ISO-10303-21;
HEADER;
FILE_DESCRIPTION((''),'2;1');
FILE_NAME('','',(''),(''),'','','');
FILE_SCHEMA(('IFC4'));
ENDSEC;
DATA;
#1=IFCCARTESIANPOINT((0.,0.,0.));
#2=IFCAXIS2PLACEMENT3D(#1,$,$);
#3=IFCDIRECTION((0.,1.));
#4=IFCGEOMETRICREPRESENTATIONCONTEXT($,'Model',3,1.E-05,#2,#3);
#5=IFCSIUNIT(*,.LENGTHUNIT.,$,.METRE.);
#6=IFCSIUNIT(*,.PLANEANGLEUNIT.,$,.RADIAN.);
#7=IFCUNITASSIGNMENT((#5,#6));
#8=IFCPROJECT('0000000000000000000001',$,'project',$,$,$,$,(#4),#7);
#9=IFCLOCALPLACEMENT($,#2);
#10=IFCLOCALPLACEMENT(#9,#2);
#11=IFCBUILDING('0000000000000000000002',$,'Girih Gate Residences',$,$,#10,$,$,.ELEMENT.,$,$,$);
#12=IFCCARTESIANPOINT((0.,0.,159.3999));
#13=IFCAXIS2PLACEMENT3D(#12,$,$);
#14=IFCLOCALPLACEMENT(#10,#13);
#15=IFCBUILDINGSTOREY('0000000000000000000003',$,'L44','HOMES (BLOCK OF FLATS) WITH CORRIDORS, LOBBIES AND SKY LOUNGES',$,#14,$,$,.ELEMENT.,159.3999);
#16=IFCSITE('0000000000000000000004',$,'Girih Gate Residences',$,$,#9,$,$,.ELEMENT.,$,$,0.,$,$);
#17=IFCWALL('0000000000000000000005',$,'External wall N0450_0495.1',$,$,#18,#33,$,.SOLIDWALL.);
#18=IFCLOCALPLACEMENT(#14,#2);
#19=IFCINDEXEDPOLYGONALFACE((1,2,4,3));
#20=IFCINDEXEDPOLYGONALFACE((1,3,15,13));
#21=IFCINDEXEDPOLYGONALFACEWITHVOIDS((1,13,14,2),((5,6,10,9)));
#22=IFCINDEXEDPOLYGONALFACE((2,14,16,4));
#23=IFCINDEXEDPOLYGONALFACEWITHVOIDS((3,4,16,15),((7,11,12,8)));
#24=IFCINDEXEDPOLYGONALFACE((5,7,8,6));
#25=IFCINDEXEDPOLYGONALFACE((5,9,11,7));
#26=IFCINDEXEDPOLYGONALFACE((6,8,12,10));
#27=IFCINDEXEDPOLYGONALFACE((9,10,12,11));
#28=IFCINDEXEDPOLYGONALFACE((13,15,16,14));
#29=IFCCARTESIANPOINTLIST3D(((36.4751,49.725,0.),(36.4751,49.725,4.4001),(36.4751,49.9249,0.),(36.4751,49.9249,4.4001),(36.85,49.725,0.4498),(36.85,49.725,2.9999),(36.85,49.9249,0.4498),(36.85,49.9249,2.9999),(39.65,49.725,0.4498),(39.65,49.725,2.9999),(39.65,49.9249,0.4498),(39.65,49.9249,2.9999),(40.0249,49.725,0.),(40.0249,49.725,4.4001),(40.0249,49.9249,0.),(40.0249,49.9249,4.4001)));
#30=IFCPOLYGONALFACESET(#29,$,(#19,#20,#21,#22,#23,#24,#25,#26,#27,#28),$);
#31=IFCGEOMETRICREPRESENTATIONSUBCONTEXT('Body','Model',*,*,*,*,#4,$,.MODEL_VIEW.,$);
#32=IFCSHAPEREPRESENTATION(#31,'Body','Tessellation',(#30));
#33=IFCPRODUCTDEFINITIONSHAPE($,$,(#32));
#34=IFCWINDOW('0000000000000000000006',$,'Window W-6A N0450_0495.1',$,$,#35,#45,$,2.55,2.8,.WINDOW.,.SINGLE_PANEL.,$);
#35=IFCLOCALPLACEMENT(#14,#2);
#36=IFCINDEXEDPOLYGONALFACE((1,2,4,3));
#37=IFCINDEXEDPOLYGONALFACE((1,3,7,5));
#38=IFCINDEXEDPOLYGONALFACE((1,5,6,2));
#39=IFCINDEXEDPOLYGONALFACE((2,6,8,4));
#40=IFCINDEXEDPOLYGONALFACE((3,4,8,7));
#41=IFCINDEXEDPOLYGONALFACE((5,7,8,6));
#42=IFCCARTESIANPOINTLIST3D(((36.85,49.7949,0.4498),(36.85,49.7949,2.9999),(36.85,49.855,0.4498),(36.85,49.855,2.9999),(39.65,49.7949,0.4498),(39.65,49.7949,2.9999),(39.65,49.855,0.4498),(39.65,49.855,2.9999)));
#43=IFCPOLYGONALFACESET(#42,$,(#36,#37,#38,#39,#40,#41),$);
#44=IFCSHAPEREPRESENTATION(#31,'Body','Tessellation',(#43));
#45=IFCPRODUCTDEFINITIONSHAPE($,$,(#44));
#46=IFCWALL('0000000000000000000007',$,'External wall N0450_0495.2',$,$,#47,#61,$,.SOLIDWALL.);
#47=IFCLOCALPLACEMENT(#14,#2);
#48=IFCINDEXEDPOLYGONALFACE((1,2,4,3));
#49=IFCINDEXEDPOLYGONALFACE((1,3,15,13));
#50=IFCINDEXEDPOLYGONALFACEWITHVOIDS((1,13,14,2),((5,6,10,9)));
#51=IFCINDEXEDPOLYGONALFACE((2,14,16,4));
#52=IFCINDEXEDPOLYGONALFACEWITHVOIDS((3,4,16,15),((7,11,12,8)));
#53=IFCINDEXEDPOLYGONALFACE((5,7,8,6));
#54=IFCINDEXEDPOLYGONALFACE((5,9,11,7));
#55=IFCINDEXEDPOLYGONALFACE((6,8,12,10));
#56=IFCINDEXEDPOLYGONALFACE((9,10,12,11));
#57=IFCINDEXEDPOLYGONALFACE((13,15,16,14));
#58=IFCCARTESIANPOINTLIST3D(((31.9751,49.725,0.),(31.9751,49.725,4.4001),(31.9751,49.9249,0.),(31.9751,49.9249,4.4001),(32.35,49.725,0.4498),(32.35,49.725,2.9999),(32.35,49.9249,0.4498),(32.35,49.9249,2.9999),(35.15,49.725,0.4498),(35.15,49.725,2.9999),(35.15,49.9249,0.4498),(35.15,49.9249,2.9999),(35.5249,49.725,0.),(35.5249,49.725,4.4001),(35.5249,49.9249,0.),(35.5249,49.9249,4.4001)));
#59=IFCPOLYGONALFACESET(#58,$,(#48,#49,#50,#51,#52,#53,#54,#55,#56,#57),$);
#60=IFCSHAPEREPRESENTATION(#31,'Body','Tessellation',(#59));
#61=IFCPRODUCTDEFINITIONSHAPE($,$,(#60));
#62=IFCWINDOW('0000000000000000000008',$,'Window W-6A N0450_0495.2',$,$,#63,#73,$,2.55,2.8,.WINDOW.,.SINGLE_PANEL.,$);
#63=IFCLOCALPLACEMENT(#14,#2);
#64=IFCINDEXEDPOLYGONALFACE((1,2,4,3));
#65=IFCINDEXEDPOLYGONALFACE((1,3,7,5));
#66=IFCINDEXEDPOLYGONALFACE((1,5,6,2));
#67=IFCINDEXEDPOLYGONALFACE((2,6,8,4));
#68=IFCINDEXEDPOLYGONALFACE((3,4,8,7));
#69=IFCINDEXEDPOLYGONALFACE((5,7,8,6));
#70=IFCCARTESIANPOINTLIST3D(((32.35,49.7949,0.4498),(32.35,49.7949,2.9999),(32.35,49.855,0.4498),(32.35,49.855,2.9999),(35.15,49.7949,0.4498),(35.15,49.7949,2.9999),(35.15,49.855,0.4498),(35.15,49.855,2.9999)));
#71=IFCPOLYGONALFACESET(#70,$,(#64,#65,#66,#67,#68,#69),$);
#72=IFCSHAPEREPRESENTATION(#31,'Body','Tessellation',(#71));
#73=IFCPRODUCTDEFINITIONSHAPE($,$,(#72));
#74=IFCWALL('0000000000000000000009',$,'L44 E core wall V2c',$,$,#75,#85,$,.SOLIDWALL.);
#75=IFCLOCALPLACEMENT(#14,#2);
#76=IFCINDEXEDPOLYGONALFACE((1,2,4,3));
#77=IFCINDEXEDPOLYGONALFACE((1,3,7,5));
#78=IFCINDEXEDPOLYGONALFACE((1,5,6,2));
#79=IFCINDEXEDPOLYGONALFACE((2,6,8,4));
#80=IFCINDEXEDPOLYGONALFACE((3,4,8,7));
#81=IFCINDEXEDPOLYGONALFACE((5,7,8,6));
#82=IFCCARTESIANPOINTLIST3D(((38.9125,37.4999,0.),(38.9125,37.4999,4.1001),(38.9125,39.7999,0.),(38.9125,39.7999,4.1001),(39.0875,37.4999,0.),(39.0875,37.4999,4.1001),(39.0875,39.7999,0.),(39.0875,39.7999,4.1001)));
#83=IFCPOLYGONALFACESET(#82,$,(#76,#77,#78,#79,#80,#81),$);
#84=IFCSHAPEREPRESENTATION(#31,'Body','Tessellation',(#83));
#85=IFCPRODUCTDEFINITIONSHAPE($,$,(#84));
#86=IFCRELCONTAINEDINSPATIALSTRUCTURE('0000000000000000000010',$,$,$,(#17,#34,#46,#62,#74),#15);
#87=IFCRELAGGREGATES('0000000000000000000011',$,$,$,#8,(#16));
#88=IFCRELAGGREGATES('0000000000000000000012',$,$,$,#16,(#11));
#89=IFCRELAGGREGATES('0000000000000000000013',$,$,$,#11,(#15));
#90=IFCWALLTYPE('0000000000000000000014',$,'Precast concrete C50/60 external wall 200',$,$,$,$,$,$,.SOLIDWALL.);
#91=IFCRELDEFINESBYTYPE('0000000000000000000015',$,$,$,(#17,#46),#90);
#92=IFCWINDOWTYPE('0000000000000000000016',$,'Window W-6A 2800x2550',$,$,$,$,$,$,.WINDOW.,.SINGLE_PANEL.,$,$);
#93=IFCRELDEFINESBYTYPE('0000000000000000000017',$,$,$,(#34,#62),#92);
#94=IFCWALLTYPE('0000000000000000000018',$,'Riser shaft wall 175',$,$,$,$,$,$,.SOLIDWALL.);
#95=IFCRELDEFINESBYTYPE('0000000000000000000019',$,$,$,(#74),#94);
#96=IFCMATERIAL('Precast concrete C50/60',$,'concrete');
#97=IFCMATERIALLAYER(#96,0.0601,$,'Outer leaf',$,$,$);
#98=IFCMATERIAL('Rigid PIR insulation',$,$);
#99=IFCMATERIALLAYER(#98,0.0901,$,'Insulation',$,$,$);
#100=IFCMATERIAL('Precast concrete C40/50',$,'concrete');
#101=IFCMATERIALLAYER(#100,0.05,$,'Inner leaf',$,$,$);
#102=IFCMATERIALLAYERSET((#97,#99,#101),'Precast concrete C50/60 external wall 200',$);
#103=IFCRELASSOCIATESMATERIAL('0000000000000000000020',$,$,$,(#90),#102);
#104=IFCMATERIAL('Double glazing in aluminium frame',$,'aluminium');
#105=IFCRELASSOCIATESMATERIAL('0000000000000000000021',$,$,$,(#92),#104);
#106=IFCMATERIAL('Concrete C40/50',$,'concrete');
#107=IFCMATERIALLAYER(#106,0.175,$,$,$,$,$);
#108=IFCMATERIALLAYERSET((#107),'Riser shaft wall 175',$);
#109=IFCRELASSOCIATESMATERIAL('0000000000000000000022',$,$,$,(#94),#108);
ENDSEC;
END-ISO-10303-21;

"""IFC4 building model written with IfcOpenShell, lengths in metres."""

from ifc_helpers import new_model, si_unit, direction, frame, frame_2d, origin, place, context, subcontext, project, spatial, rectangle, extrude, material, layer, layer_set, type_object, element, fill, save


model = new_model("IFC4")

# Units and contexts
model_context = context("Model", 3, precision=1e-05, world=origin(), true_north=direction((0.0, 1.0)))
body_context = subcontext(model_context, "Body", "Model", "MODEL_VIEW")
ifc_project = project(units=[si_unit("LENGTHUNIT", "METRE"), si_unit("PLANEANGLEUNIT", "RADIAN")], contexts=[model_context])

# Site, building, storey
site_placement = place(None, origin())
site = spatial("IfcSite", under=ifc_project, at=site_placement, Name="Girih Gate Residences", CompositionType="ELEMENT", RefElevation=0.0)
building_placement = place(site_placement, origin())
building = spatial("IfcBuilding", under=site, at=building_placement, Name="Girih Gate Residences", CompositionType="ELEMENT")
storey_placement = place(building_placement, frame((0.0, 0.0, 159.3999)))
storey = spatial("IfcBuildingStorey", under=building, at=storey_placement, Name="L44", Description="HOMES (BLOCK OF FLATS) WITH CORRIDORS, LOBBIES AND SKY LOUNGES", CompositionType="ELEMENT", Elevation=159.3999)

# Walls, openings, windows
ifc_material_1 = material(Name="Precast concrete C50/60", Category="concrete")
ifc_layer_1 = layer(ifc_material_1, 0.0601, Name="Outer leaf")
ifc_material_2 = material(Name="Rigid PIR insulation")
ifc_layer_2 = layer(ifc_material_2, 0.0901, Name="Insulation")
ifc_material_3 = material(Name="Precast concrete C40/50", Category="concrete")
ifc_layer_3 = layer(ifc_material_3, 0.05, Name="Inner leaf")
ifc_layer_set_1 = layer_set([ifc_layer_1, ifc_layer_2, ifc_layer_3], Name="Precast concrete C50/60 external wall 200")
wall_type_1 = type_object("IfcWallType", Name="Precast concrete C50/60 external wall 200", PredefinedType="SOLIDWALL", material=ifc_layer_set_1)
wall_1_placement = place(storey_placement, frame((36.4751, 49.825, 0.0), z_axis=(0.0, 0.0, 1.0), x_axis=(1.0, 0.0, 0.0)))
wall_1 = element("IfcWall", 1, at=wall_1_placement, inside=storey, type_object=wall_type_1, Name="External wall N0450_0495.1", PredefinedType="SOLIDWALL", context=body_context, shape_type="SweptSolid", body=[
    extrude(rectangle(XDim=3.5498, YDim=0.2, at=frame_2d((1.7749, 0.0))), origin(), (0.0, 0.0, 1.0), 4.4001),
])
opening_1_placement = place(wall_1_placement, frame((0.375, 0.0, 0.45)))
opening_1 = element("IfcOpeningElement", 2, at=opening_1_placement, cuts=wall_1, PredefinedType="OPENING", context=body_context, shape_type="SweptSolid", body=[
    extrude(rectangle(XDim=2.8, YDim=2.55, at=frame_2d((1.3999, 1.2749))), frame((0.0, 0.1099, 0.0), z_axis=(0.0, -1.0, 0.0), x_axis=(1.0, 0.0, 0.0)), (0.0, 0.0, 1.0), 0.22),
])
ifc_material_4 = material(Name="Double glazing in aluminium frame", Category="aluminium")
window_type = type_object("IfcWindowType", Name="Window W-6A 2800x2550", PartitioningType="SINGLE_PANEL", PredefinedType="WINDOW", material=ifc_material_4)
window_1_placement = place(opening_1_placement, origin())
window_1 = element("IfcWindow", 3, at=window_1_placement, inside=storey, type_object=window_type, Name="Window W-6A N0450_0495.1", OverallHeight=2.55, OverallWidth=2.8, PartitioningType="SINGLE_PANEL", PredefinedType="WINDOW", context=body_context, shape_type="SweptSolid", body=[
    extrude(rectangle(XDim=2.8, YDim=2.55, at=frame_2d((1.3999, 1.2749))), frame((0.0, 0.03, 0.0), z_axis=(0.0, -1.0, 0.0), x_axis=(1.0, 0.0, 0.0)), (0.0, 0.0, 1.0), 0.0601),
])
fill(opening_1, window_1)
wall_2_placement = place(storey_placement, frame((31.9751, 49.825, 0.0), z_axis=(0.0, 0.0, 1.0), x_axis=(1.0, 0.0, 0.0)))
wall_2 = element("IfcWall", 4, at=wall_2_placement, inside=storey, type_object=wall_type_1, Name="External wall N0450_0495.2", PredefinedType="SOLIDWALL", context=body_context, shape_type="SweptSolid", body=[
    extrude(rectangle(XDim=3.5498, YDim=0.2, at=frame_2d((1.7749, 0.0))), origin(), (0.0, 0.0, 1.0), 4.4001),
])
opening_2_placement = place(wall_2_placement, frame((0.375, 0.0, 0.45)))
opening_2 = element("IfcOpeningElement", 5, at=opening_2_placement, cuts=wall_2, PredefinedType="OPENING", context=body_context, shape_type="SweptSolid", body=[
    extrude(rectangle(XDim=2.8, YDim=2.55, at=frame_2d((1.3999, 1.2749))), frame((0.0, 0.1099, 0.0), z_axis=(0.0, -1.0, 0.0), x_axis=(1.0, 0.0, 0.0)), (0.0, 0.0, 1.0), 0.22),
])
window_2_placement = place(opening_2_placement, origin())
window_2 = element("IfcWindow", 6, at=window_2_placement, inside=storey, type_object=window_type, Name="Window W-6A N0450_0495.2", OverallHeight=2.55, OverallWidth=2.8, PartitioningType="SINGLE_PANEL", PredefinedType="WINDOW", context=body_context, shape_type="SweptSolid", body=[
    extrude(rectangle(XDim=2.8, YDim=2.55, at=frame_2d((1.3999, 1.2749))), frame((0.0, 0.03, 0.0), z_axis=(0.0, -1.0, 0.0), x_axis=(1.0, 0.0, 0.0)), (0.0, 0.0, 1.0), 0.0601),
])
fill(opening_2, window_2)

# Wall
ifc_material_5 = material(Name="Concrete C40/50", Category="concrete")
ifc_layer_4 = layer(ifc_material_5, 0.175)
ifc_layer_set_2 = layer_set([ifc_layer_4], Name="Riser shaft wall 175")
wall_type_2 = type_object("IfcWallType", Name="Riser shaft wall 175", PredefinedType="SOLIDWALL", material=ifc_layer_set_2)
wall_3_placement = place(storey_placement, frame((39.0, 37.5, 0.0), z_axis=(0.0, 0.0, 1.0), x_axis=(0.0, 1.0, 0.0)))
element("IfcWall", 7, at=wall_3_placement, inside=storey, type_object=wall_type_2, Name="L44 E core wall V2c", PredefinedType="SOLIDWALL", context=body_context, shape_type="SweptSolid", body=[
    extrude(rectangle(XDim=2.3, YDim=0.175, at=frame_2d((1.1499, 0.0))), origin(), (0.0, 0.0, 1.0), 4.1001),
])

save(model, "model.ifc")
